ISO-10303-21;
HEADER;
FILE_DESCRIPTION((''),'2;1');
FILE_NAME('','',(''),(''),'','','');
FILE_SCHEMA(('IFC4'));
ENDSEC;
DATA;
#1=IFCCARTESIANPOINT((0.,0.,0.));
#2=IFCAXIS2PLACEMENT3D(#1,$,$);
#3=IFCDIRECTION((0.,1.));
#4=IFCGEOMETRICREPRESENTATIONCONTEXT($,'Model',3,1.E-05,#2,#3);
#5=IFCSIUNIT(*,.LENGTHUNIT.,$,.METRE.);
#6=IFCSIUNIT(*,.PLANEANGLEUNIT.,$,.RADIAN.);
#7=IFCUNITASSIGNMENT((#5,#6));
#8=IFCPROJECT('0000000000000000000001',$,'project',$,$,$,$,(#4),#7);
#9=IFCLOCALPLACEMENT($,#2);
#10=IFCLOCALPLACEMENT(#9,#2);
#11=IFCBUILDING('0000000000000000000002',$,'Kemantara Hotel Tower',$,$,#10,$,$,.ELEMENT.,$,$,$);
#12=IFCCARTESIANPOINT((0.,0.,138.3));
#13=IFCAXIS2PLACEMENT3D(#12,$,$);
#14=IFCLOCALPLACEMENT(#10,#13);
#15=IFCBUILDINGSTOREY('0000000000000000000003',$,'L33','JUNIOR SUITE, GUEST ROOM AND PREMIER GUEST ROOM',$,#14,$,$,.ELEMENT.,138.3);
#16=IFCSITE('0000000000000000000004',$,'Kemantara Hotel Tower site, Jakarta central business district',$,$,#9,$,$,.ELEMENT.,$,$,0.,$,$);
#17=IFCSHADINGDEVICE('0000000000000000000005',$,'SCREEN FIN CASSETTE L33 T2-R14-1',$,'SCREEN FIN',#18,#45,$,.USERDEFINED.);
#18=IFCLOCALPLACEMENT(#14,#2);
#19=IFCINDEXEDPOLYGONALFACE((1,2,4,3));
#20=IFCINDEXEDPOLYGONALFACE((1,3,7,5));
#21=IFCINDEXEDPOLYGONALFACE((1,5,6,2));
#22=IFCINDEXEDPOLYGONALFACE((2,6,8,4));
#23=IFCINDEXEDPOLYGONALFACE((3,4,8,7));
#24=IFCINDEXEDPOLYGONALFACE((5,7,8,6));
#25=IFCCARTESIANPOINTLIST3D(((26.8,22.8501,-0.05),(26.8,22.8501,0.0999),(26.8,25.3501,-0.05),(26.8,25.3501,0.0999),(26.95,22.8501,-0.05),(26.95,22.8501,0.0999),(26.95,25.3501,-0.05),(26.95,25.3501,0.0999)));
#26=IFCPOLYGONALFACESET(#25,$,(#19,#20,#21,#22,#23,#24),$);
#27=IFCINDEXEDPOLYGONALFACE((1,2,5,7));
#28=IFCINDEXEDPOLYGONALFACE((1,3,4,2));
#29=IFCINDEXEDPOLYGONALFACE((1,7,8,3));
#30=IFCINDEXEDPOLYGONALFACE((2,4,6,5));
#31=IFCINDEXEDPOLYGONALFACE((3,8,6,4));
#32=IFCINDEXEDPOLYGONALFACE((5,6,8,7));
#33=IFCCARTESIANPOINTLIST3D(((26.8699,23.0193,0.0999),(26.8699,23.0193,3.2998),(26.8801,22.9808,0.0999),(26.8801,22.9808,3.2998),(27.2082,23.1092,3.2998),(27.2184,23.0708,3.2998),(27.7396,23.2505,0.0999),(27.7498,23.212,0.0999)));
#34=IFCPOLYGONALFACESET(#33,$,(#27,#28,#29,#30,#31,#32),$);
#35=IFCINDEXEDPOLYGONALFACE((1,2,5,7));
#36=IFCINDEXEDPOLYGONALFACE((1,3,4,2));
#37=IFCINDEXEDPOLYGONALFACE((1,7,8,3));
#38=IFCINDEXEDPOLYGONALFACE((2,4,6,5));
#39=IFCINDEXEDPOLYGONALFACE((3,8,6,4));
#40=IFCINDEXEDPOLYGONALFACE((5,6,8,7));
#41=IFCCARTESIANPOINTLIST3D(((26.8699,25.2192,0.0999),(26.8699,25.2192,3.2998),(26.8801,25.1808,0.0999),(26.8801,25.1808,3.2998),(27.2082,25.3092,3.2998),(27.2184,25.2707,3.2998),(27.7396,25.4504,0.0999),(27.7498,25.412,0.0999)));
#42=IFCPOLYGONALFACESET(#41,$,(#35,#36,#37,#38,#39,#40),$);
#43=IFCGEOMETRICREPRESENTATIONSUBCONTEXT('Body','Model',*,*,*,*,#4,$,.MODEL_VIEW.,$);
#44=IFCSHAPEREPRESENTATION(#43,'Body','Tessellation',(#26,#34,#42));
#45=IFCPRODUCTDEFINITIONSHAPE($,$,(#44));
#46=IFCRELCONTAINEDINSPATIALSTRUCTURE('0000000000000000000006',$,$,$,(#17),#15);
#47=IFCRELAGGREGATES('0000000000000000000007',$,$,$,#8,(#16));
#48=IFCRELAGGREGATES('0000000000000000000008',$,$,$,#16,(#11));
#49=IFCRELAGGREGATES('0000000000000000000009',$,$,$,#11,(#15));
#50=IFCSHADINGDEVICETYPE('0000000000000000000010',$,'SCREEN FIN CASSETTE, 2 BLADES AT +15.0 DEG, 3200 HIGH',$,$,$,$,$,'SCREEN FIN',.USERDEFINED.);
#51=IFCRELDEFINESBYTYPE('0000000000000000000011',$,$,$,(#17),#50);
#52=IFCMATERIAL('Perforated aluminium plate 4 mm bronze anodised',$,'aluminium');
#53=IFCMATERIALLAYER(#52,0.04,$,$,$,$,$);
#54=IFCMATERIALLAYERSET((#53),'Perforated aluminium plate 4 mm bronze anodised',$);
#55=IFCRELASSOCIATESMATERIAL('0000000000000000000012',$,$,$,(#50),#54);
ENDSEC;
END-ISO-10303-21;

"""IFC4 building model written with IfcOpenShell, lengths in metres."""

from ifc_helpers import new_model, si_unit, direction, frame, origin, origin_2d, place, context, subcontext, project, spatial, polyline, rectangle, outline, extrude, source, transform, mapped, material, layer, layer_set, type_object, element, save


model = new_model("IFC4")

# Units and contexts
model_context = context("Model", 3, precision=1e-05, world=origin(), true_north=direction((0.0, 1.0)))
body_context = subcontext(model_context, "Body", "Model", "MODEL_VIEW")
ifc_project = project(units=[si_unit("LENGTHUNIT", "METRE"), si_unit("PLANEANGLEUNIT", "RADIAN")], contexts=[model_context])

# Site, building, storey
site_placement = place(None, origin())
site = spatial("IfcSite", under=ifc_project, at=site_placement, Name="Kemantara Hotel Tower site, Jakarta central business district", CompositionType="ELEMENT", RefElevation=0.0)
building_placement = place(site_placement, origin())
building = spatial("IfcBuilding", under=site, at=building_placement, Name="Kemantara Hotel Tower", CompositionType="ELEMENT")
storey_placement = place(building_placement, frame((0.0, 0.0, 138.3)))
storey = spatial("IfcBuildingStorey", under=building, at=storey_placement, Name="L33", Description="JUNIOR SUITE, GUEST ROOM AND PREMIER GUEST ROOM", CompositionType="ELEMENT", Elevation=138.3)

# Shading device
ifc_material_1 = material(Name="Perforated aluminium plate 4 mm bronze anodised", Category="aluminium")
ifc_layer_1 = layer(ifc_material_1, 0.04)
ifc_layer_set_1 = layer_set([ifc_layer_1], Name="Perforated aluminium plate 4 mm bronze anodised")
shading_device_type_1 = type_object("IfcShadingDeviceType", Name="SCREEN FIN CASSETTE, 2 BLADES AT +15.0 DEG, 3200 HIGH", ElementType="SCREEN FIN", PredefinedType="USERDEFINED", material=ifc_layer_set_1)
shared_shape_1 = source(origin(), body_context, "Body", "SweptSolid", [
    extrude(rectangle(XDim=2.5, YDim=0.1499, at=origin_2d()), frame((1.1001, -0.075, -0.1499), z_axis=(0.0, 0.0, 1.0), x_axis=(1.0, 0.0, 0.0)), (0.0, 0.0, 1.0), 0.1499),
    extrude(outline(polyline([(0.0, 0.0), (0.8999, 0.0), (0.3501, 3.2), (0.0, 3.2), (0.0, 0.0)])), frame((0.0193, -0.0698, 0.0), z_axis=(-0.966438, -0.256901, 0.0), x_axis=(0.256901, -0.966438, 0.0)), (0.0, 0.0, 1.0), 0.0398),
    extrude(outline(polyline([(0.0, 0.0), (0.8999, 0.0), (0.3501, 3.2), (0.0, 3.2), (0.0, 0.0)])), frame((2.2192, -0.0698, 0.0), z_axis=(-0.966438, -0.256901, 0.0), x_axis=(0.256901, -0.966438, 0.0)), (0.0, 0.0, 1.0), 0.0398),
])
shading_device_1_placement = place(storey_placement, frame((26.8, 23.0, 0.0999), z_axis=(0.0, 0.0, 1.0), x_axis=(0.0, 1.0, 0.0)))
element("IfcShadingDevice", 1, at=shading_device_1_placement, inside=storey, type_object=shading_device_type_1, Name="SCREEN FIN CASSETTE L33 T2-R14-1", ObjectType="SCREEN FIN", PredefinedType="USERDEFINED", context=body_context, shape_type="MappedRepresentation", body=[
    mapped(shared_shape_1, transform((0.0, 0.0, 0.0))),
])

save(model, "model.ifc")
